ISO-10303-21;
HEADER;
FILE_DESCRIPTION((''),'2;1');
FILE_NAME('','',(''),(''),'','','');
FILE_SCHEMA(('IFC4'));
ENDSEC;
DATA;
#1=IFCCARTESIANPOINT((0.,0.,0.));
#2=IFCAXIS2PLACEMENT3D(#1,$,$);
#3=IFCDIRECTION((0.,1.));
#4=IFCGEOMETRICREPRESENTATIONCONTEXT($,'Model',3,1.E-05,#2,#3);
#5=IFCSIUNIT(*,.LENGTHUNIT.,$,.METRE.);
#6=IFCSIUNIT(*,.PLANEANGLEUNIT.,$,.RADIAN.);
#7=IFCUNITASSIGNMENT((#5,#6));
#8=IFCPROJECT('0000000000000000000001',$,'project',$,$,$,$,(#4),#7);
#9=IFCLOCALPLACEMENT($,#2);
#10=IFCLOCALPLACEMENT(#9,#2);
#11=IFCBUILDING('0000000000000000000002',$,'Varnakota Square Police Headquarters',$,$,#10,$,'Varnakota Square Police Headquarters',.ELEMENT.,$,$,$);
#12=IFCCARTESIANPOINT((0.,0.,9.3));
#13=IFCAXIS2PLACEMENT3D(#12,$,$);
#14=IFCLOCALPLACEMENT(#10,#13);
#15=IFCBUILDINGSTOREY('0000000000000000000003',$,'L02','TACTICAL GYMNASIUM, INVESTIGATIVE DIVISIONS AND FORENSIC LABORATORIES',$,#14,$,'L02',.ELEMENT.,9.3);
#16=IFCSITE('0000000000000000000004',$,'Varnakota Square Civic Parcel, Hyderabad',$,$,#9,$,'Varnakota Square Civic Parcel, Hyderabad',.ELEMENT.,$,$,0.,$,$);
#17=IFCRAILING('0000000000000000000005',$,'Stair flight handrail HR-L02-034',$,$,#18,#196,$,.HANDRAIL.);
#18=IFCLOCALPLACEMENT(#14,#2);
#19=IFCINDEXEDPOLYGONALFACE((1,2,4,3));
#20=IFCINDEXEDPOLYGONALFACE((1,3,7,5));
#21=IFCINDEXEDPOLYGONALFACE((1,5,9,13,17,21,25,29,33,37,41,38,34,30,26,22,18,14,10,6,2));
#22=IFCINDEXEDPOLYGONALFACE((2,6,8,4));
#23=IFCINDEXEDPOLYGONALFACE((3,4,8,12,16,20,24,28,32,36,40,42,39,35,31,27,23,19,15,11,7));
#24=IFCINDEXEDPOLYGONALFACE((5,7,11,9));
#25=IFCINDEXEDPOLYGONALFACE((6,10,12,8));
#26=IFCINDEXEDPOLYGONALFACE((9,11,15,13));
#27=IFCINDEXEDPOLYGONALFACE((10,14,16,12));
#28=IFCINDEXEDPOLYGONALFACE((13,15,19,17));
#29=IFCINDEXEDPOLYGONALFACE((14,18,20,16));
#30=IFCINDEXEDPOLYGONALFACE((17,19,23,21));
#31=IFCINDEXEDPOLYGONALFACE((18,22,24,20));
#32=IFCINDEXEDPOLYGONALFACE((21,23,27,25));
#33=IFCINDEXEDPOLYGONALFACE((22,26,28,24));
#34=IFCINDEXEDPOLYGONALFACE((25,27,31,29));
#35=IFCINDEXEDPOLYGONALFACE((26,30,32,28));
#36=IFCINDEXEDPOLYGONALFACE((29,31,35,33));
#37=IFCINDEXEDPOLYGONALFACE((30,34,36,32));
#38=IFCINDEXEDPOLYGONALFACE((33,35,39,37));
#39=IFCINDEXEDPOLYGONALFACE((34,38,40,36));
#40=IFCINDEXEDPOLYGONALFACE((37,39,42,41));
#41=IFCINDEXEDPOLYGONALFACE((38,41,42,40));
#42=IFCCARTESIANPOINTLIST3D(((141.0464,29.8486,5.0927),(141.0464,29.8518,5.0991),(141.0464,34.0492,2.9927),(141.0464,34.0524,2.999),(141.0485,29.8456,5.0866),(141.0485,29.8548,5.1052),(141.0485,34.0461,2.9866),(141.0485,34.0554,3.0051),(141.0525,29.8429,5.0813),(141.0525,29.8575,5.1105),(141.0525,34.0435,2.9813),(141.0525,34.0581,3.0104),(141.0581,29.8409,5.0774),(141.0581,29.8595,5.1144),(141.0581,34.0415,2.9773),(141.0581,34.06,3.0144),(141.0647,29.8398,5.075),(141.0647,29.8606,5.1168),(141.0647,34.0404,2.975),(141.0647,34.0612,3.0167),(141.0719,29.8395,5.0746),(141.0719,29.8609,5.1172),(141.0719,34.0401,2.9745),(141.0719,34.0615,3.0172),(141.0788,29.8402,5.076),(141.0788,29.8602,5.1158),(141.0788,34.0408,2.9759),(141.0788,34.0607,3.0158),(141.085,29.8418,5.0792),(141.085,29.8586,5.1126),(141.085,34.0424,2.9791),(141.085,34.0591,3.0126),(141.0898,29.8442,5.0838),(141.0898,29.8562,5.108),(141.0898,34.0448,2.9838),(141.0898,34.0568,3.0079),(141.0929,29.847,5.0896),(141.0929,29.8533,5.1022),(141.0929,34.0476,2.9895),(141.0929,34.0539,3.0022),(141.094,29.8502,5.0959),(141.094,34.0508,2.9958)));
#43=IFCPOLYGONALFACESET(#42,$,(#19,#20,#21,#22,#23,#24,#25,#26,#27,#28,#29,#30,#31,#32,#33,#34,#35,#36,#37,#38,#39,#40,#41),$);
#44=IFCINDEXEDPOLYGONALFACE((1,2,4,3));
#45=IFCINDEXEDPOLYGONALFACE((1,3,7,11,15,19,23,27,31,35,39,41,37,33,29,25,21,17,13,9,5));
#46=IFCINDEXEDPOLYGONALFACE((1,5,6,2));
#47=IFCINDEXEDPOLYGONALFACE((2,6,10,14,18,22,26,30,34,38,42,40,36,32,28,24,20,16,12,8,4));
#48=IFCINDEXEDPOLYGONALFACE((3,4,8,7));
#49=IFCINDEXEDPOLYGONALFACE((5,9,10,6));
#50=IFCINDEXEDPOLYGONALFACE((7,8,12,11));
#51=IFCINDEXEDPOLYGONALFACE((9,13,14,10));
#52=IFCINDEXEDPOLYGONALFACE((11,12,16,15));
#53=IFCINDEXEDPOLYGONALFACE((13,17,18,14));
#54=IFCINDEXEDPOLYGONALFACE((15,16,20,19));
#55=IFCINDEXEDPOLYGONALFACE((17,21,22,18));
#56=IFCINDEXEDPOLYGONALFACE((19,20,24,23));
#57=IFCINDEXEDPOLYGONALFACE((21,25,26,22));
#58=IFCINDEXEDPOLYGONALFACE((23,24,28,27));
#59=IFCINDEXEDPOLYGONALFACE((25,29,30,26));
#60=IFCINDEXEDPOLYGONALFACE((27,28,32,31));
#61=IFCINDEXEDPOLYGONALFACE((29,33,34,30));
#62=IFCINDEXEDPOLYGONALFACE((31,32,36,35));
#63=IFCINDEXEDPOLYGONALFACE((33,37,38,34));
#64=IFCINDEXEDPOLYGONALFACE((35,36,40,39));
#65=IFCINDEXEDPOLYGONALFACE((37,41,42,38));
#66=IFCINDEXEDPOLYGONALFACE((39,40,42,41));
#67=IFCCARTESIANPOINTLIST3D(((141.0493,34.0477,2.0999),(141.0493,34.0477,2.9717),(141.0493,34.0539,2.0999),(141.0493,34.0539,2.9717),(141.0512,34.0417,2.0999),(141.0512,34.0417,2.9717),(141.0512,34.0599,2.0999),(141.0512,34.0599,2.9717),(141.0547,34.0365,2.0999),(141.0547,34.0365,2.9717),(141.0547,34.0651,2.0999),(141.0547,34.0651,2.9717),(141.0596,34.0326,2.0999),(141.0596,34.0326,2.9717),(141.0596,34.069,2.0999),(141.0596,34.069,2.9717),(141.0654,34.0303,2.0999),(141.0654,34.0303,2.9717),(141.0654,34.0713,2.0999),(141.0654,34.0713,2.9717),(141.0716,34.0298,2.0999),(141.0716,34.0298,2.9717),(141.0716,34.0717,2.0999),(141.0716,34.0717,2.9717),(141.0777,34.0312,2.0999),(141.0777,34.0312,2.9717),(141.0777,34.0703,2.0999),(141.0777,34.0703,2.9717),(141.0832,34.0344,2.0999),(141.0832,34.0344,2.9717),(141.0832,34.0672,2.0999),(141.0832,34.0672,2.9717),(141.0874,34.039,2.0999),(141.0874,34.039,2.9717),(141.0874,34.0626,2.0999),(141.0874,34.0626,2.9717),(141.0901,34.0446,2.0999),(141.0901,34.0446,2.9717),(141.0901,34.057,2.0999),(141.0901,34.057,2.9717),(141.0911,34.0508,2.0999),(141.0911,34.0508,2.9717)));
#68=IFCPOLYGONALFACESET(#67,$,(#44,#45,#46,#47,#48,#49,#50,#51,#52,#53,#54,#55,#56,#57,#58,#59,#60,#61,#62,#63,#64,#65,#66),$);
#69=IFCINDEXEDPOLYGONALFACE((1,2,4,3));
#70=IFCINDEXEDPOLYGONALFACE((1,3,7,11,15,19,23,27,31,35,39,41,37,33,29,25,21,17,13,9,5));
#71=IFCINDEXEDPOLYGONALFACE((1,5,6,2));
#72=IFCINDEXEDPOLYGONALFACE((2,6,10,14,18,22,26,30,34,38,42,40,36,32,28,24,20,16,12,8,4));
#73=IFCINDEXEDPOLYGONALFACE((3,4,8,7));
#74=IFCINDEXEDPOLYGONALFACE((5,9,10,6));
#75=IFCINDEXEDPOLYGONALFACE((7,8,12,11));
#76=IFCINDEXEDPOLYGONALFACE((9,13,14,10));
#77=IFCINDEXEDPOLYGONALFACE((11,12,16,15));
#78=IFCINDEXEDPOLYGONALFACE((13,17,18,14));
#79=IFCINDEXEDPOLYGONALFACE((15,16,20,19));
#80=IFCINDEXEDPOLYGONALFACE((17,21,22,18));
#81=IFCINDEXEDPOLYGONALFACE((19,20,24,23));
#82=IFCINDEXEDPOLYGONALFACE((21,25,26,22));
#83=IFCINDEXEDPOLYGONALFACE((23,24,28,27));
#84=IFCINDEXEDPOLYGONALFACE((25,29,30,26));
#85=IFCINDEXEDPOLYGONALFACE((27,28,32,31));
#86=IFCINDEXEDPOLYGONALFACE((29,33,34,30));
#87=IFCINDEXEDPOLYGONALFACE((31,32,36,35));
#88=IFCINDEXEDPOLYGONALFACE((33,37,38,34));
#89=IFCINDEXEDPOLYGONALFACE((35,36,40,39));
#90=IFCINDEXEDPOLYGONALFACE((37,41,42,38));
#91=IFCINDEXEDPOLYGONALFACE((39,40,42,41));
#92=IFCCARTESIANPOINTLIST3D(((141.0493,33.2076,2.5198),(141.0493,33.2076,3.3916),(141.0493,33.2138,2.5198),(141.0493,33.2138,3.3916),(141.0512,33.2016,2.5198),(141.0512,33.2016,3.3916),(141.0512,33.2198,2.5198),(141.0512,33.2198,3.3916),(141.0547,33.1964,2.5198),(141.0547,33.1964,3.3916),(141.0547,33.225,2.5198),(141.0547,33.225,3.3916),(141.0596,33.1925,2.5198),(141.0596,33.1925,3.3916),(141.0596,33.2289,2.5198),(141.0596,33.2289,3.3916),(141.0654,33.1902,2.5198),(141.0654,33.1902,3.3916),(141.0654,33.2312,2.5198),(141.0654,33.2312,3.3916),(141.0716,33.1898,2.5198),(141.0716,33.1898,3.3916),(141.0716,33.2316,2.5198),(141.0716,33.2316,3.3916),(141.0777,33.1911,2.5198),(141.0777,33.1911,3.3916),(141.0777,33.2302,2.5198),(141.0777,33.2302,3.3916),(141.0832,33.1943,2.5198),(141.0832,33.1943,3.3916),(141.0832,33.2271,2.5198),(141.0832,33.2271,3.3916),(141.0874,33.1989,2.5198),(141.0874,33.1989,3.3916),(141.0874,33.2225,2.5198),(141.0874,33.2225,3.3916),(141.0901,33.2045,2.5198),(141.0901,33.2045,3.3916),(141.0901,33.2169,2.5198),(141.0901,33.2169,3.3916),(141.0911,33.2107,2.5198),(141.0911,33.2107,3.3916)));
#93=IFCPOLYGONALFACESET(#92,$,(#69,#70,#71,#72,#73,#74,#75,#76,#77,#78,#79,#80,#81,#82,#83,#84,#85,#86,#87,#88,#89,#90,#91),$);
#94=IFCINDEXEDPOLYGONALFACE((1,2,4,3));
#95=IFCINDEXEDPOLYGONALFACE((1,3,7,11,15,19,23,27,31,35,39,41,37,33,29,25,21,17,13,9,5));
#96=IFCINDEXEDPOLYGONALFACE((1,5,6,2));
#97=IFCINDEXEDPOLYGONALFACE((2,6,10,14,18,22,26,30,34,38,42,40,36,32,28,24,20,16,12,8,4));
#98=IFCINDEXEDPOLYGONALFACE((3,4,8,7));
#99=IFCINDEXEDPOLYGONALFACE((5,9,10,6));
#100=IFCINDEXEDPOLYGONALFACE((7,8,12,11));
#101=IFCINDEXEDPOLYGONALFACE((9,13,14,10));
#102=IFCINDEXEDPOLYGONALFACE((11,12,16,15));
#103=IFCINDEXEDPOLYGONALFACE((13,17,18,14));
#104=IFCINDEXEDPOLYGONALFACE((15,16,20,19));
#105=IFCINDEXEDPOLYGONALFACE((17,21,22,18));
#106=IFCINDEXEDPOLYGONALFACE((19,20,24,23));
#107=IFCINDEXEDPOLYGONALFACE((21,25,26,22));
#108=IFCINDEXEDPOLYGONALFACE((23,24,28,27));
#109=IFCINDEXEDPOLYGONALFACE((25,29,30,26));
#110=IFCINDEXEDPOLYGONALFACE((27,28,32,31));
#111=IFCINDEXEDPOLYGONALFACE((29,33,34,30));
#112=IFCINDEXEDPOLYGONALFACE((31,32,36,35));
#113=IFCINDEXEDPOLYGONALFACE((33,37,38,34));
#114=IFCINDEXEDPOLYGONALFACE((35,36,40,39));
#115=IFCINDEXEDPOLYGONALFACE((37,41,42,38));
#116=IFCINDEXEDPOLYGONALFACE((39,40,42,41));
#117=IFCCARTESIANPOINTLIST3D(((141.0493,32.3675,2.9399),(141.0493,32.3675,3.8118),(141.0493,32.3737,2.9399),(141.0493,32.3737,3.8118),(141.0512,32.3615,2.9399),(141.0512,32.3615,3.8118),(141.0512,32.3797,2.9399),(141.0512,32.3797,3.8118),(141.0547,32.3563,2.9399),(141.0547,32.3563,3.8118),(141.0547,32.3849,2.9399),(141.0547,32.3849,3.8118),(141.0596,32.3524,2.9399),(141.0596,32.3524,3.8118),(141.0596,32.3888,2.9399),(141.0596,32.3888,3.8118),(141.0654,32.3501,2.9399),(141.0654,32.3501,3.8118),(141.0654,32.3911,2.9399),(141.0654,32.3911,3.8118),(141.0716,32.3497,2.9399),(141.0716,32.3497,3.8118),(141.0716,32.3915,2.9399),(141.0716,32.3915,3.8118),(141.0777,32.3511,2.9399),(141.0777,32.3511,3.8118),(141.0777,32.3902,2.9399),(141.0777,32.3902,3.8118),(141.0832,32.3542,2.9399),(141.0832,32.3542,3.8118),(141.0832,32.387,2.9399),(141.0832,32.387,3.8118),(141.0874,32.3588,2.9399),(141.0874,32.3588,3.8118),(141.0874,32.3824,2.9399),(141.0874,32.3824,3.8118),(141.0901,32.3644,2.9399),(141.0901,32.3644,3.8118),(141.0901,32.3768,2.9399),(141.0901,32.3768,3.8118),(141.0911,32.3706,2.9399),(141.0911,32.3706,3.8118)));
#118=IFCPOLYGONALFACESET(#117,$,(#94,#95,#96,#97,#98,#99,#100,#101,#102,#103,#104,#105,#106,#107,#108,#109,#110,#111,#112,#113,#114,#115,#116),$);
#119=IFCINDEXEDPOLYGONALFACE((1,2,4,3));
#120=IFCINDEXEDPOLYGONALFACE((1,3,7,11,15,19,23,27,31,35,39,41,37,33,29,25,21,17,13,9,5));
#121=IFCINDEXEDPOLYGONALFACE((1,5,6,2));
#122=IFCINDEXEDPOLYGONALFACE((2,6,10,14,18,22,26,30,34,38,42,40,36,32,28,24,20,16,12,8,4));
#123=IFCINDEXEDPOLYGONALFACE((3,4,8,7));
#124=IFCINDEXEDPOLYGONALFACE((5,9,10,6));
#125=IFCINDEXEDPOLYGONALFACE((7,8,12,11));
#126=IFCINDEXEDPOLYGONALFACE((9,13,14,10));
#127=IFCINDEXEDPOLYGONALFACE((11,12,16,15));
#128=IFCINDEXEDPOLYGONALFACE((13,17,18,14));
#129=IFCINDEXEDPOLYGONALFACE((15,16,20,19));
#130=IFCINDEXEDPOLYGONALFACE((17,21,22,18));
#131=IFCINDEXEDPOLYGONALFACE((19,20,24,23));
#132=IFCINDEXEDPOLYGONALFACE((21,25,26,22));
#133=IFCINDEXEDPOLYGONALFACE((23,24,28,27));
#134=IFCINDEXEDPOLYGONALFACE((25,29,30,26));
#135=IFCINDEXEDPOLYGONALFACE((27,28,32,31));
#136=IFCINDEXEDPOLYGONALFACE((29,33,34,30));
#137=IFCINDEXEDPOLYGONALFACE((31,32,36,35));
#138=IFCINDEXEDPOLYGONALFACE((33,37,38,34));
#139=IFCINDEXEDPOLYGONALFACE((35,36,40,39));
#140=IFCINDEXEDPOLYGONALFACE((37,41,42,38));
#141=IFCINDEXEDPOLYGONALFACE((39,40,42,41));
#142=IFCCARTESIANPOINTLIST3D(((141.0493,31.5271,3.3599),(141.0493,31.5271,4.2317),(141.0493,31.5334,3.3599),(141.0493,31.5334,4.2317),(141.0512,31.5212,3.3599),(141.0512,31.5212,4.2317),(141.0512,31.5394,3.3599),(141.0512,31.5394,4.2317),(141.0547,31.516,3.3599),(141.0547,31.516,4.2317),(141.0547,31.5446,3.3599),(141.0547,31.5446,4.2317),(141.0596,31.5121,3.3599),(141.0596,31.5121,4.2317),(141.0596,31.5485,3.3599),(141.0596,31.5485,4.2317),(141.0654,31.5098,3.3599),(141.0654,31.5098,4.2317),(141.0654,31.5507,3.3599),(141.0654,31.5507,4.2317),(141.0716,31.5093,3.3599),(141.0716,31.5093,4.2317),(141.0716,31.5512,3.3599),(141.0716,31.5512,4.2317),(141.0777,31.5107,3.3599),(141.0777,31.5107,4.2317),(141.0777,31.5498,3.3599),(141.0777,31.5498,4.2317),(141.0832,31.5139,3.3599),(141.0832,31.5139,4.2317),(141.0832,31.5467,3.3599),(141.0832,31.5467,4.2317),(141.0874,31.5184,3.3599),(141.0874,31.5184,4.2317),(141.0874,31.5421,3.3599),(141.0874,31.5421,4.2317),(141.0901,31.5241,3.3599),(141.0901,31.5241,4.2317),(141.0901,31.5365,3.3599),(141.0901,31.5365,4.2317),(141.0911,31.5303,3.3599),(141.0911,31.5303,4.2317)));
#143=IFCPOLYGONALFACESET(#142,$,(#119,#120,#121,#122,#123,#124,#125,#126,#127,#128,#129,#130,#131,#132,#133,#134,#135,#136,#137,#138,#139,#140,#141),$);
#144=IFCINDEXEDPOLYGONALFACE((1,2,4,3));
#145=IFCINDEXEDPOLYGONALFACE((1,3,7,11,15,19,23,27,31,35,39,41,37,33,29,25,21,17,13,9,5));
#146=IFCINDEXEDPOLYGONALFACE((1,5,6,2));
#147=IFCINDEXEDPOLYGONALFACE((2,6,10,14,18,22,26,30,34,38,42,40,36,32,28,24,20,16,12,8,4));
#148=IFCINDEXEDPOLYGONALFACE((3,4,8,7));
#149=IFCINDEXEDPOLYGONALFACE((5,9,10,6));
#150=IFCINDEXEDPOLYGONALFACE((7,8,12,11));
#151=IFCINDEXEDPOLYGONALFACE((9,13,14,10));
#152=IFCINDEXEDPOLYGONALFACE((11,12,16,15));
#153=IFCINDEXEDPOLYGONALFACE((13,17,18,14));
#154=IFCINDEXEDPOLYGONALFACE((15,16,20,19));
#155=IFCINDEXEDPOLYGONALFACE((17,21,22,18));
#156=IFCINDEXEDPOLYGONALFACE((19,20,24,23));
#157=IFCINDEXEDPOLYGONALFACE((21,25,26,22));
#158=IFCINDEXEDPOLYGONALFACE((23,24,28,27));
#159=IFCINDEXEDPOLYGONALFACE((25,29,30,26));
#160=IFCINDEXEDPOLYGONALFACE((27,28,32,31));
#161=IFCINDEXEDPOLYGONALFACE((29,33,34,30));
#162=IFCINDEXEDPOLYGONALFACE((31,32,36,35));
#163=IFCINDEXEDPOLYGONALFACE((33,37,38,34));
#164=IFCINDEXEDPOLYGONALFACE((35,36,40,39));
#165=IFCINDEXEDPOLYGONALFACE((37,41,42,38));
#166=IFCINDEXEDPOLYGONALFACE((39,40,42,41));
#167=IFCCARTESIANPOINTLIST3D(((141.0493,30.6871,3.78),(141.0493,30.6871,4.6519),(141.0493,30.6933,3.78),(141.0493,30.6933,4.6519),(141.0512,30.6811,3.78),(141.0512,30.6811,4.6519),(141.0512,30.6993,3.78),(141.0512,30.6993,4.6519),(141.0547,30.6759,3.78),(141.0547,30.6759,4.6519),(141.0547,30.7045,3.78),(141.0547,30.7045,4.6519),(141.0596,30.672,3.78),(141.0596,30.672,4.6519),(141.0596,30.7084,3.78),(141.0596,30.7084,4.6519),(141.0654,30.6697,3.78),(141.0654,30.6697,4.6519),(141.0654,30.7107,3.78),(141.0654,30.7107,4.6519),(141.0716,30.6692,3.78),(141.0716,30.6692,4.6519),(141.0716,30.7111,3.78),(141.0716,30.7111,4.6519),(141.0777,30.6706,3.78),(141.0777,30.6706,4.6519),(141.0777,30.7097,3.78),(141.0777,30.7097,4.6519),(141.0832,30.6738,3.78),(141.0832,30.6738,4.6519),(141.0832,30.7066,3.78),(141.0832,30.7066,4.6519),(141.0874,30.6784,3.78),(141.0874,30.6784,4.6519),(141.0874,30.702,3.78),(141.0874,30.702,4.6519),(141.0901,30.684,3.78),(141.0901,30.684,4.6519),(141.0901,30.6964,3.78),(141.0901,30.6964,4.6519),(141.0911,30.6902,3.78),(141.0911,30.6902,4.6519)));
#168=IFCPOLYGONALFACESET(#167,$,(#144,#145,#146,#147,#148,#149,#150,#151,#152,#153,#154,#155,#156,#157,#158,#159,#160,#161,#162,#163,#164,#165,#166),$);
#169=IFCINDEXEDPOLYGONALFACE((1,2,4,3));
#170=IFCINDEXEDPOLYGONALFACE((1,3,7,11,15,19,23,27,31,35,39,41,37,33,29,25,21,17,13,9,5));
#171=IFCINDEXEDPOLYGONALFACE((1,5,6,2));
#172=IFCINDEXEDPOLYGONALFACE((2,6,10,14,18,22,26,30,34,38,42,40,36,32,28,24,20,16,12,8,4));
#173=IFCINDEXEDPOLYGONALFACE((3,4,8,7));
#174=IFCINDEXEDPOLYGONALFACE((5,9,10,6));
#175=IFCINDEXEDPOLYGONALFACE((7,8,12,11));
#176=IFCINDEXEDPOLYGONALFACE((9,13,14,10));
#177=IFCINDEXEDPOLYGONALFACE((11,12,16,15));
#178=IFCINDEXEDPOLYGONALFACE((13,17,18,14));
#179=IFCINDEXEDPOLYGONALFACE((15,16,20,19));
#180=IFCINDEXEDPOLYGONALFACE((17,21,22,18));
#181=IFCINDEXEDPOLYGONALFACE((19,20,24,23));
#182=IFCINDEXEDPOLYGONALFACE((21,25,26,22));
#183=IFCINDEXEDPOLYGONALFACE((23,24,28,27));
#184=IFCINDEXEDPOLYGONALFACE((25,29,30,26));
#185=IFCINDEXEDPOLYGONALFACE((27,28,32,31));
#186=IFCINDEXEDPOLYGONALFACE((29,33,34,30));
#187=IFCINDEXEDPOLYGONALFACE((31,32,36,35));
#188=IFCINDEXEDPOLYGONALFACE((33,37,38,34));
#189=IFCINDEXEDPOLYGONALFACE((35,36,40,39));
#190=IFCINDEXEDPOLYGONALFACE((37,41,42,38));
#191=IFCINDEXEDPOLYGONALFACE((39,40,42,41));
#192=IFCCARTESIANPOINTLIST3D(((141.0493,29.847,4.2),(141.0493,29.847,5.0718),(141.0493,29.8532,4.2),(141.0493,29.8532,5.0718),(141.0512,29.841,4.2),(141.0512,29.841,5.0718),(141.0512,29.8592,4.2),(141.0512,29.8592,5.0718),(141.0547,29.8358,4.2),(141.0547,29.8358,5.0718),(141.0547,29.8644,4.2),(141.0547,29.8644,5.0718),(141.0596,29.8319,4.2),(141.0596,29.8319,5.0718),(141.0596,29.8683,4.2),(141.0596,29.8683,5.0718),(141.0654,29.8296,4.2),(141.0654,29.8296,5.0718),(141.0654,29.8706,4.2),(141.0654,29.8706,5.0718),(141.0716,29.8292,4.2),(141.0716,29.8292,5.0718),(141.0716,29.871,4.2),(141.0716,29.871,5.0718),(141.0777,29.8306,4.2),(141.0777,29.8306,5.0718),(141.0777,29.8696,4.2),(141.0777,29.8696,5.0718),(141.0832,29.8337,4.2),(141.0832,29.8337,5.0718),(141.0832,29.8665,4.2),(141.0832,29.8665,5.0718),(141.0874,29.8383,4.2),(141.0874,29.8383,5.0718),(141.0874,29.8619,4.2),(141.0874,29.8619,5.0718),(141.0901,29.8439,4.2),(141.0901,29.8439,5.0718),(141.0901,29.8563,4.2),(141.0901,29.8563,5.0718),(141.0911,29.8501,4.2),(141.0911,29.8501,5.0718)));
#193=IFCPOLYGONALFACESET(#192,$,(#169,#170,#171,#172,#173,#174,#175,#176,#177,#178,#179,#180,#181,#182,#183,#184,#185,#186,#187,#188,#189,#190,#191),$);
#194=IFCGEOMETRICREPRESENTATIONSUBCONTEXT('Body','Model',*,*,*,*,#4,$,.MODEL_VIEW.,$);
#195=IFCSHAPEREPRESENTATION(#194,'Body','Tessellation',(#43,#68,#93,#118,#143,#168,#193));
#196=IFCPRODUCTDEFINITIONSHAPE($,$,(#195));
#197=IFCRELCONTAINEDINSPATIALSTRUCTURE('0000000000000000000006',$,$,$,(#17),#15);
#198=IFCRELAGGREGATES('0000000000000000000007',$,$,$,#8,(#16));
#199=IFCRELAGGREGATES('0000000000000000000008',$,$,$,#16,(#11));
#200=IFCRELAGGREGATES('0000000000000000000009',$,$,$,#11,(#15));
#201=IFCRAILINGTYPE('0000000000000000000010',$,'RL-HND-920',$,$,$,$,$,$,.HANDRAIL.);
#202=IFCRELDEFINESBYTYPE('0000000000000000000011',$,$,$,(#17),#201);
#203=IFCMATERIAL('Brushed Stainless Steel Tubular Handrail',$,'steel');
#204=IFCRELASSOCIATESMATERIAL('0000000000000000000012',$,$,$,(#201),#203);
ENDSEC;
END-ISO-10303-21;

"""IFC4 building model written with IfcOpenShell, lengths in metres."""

from ifc_helpers import new_model, si_unit, direction, frame, origin, origin_2d, place, context, subcontext, project, spatial, circle, extrude, material, type_object, element, save


model = new_model("IFC4")

# Units and contexts
model_context = context("Model", 3, precision=1e-05, world=origin(), true_north=direction((0.0, 1.0)))
body_context = subcontext(model_context, "Body", "Model", "MODEL_VIEW")
ifc_project = project(units=[si_unit("LENGTHUNIT", "METRE"), si_unit("PLANEANGLEUNIT", "RADIAN")], contexts=[model_context])

# Site, building, storey
site_placement = place(None, origin())
site = spatial("IfcSite", under=ifc_project, at=site_placement, Name="Varnakota Square Civic Parcel, Hyderabad", LongName="Varnakota Square Civic Parcel, Hyderabad", CompositionType="ELEMENT", RefElevation=0.0)
building_placement = place(site_placement, origin())
building = spatial("IfcBuilding", under=site, at=building_placement, Name="Varnakota Square Police Headquarters", LongName="Varnakota Square Police Headquarters", CompositionType="ELEMENT")
storey_placement = place(building_placement, frame((0.0, 0.0, 9.3)))
storey = spatial("IfcBuildingStorey", under=building, at=storey_placement, Name="L02", Description="TACTICAL GYMNASIUM, INVESTIGATIVE DIVISIONS AND FORENSIC LABORATORIES", LongName="L02", CompositionType="ELEMENT", Elevation=9.3)

# Railing
ifc_material_1 = material(Name="Brushed Stainless Steel Tubular Handrail", Category="steel")
railing_type_1 = type_object("IfcRailingType", Name="RL-HND-920", PredefinedType="HANDRAIL", material=ifc_material_1)
railing_1_placement = place(storey_placement, frame((141.0701, 34.0508, 2.0999)))
element("IfcRailing", 1, at=railing_1_placement, inside=storey, type_object=railing_type_1, Name="Stair flight handrail HR-L02-034", PredefinedType="HANDRAIL", context=body_context, shape_type="SweptSolid", body=[
    extrude(circle(Radius=0.0239, at=origin_2d()), frame((0.0, 0.0, 0.896), z_axis=(0.0, -0.894448, 0.447172), x_axis=(1.0, 0.0, 0.0)), (0.0, 0.0, 1.0), 4.6963),
    extrude(circle(Radius=0.021, at=origin_2d()), origin(), (0.0, 0.0, 1.0), 0.8718),
    extrude(circle(Radius=0.021, at=origin_2d()), frame((0.0, -0.8401, 0.4199)), (0.0, 0.0, 1.0), 0.8718),
    extrude(circle(Radius=0.021, at=origin_2d()), frame((0.0, -1.6802, 0.8401)), (0.0, 0.0, 1.0), 0.8718),
    extrude(circle(Radius=0.021, at=origin_2d()), frame((0.0, -2.5205, 1.26)), (0.0, 0.0, 1.0), 0.8718),
    extrude(circle(Radius=0.021, at=origin_2d()), frame((0.0, -3.3606, 1.6802)), (0.0, 0.0, 1.0), 0.8718),
    extrude(circle(Radius=0.021, at=origin_2d()), frame((0.0, -4.2007, 2.1001)), (0.0, 0.0, 1.0), 0.8718),
])

save(model, "model.ifc")
